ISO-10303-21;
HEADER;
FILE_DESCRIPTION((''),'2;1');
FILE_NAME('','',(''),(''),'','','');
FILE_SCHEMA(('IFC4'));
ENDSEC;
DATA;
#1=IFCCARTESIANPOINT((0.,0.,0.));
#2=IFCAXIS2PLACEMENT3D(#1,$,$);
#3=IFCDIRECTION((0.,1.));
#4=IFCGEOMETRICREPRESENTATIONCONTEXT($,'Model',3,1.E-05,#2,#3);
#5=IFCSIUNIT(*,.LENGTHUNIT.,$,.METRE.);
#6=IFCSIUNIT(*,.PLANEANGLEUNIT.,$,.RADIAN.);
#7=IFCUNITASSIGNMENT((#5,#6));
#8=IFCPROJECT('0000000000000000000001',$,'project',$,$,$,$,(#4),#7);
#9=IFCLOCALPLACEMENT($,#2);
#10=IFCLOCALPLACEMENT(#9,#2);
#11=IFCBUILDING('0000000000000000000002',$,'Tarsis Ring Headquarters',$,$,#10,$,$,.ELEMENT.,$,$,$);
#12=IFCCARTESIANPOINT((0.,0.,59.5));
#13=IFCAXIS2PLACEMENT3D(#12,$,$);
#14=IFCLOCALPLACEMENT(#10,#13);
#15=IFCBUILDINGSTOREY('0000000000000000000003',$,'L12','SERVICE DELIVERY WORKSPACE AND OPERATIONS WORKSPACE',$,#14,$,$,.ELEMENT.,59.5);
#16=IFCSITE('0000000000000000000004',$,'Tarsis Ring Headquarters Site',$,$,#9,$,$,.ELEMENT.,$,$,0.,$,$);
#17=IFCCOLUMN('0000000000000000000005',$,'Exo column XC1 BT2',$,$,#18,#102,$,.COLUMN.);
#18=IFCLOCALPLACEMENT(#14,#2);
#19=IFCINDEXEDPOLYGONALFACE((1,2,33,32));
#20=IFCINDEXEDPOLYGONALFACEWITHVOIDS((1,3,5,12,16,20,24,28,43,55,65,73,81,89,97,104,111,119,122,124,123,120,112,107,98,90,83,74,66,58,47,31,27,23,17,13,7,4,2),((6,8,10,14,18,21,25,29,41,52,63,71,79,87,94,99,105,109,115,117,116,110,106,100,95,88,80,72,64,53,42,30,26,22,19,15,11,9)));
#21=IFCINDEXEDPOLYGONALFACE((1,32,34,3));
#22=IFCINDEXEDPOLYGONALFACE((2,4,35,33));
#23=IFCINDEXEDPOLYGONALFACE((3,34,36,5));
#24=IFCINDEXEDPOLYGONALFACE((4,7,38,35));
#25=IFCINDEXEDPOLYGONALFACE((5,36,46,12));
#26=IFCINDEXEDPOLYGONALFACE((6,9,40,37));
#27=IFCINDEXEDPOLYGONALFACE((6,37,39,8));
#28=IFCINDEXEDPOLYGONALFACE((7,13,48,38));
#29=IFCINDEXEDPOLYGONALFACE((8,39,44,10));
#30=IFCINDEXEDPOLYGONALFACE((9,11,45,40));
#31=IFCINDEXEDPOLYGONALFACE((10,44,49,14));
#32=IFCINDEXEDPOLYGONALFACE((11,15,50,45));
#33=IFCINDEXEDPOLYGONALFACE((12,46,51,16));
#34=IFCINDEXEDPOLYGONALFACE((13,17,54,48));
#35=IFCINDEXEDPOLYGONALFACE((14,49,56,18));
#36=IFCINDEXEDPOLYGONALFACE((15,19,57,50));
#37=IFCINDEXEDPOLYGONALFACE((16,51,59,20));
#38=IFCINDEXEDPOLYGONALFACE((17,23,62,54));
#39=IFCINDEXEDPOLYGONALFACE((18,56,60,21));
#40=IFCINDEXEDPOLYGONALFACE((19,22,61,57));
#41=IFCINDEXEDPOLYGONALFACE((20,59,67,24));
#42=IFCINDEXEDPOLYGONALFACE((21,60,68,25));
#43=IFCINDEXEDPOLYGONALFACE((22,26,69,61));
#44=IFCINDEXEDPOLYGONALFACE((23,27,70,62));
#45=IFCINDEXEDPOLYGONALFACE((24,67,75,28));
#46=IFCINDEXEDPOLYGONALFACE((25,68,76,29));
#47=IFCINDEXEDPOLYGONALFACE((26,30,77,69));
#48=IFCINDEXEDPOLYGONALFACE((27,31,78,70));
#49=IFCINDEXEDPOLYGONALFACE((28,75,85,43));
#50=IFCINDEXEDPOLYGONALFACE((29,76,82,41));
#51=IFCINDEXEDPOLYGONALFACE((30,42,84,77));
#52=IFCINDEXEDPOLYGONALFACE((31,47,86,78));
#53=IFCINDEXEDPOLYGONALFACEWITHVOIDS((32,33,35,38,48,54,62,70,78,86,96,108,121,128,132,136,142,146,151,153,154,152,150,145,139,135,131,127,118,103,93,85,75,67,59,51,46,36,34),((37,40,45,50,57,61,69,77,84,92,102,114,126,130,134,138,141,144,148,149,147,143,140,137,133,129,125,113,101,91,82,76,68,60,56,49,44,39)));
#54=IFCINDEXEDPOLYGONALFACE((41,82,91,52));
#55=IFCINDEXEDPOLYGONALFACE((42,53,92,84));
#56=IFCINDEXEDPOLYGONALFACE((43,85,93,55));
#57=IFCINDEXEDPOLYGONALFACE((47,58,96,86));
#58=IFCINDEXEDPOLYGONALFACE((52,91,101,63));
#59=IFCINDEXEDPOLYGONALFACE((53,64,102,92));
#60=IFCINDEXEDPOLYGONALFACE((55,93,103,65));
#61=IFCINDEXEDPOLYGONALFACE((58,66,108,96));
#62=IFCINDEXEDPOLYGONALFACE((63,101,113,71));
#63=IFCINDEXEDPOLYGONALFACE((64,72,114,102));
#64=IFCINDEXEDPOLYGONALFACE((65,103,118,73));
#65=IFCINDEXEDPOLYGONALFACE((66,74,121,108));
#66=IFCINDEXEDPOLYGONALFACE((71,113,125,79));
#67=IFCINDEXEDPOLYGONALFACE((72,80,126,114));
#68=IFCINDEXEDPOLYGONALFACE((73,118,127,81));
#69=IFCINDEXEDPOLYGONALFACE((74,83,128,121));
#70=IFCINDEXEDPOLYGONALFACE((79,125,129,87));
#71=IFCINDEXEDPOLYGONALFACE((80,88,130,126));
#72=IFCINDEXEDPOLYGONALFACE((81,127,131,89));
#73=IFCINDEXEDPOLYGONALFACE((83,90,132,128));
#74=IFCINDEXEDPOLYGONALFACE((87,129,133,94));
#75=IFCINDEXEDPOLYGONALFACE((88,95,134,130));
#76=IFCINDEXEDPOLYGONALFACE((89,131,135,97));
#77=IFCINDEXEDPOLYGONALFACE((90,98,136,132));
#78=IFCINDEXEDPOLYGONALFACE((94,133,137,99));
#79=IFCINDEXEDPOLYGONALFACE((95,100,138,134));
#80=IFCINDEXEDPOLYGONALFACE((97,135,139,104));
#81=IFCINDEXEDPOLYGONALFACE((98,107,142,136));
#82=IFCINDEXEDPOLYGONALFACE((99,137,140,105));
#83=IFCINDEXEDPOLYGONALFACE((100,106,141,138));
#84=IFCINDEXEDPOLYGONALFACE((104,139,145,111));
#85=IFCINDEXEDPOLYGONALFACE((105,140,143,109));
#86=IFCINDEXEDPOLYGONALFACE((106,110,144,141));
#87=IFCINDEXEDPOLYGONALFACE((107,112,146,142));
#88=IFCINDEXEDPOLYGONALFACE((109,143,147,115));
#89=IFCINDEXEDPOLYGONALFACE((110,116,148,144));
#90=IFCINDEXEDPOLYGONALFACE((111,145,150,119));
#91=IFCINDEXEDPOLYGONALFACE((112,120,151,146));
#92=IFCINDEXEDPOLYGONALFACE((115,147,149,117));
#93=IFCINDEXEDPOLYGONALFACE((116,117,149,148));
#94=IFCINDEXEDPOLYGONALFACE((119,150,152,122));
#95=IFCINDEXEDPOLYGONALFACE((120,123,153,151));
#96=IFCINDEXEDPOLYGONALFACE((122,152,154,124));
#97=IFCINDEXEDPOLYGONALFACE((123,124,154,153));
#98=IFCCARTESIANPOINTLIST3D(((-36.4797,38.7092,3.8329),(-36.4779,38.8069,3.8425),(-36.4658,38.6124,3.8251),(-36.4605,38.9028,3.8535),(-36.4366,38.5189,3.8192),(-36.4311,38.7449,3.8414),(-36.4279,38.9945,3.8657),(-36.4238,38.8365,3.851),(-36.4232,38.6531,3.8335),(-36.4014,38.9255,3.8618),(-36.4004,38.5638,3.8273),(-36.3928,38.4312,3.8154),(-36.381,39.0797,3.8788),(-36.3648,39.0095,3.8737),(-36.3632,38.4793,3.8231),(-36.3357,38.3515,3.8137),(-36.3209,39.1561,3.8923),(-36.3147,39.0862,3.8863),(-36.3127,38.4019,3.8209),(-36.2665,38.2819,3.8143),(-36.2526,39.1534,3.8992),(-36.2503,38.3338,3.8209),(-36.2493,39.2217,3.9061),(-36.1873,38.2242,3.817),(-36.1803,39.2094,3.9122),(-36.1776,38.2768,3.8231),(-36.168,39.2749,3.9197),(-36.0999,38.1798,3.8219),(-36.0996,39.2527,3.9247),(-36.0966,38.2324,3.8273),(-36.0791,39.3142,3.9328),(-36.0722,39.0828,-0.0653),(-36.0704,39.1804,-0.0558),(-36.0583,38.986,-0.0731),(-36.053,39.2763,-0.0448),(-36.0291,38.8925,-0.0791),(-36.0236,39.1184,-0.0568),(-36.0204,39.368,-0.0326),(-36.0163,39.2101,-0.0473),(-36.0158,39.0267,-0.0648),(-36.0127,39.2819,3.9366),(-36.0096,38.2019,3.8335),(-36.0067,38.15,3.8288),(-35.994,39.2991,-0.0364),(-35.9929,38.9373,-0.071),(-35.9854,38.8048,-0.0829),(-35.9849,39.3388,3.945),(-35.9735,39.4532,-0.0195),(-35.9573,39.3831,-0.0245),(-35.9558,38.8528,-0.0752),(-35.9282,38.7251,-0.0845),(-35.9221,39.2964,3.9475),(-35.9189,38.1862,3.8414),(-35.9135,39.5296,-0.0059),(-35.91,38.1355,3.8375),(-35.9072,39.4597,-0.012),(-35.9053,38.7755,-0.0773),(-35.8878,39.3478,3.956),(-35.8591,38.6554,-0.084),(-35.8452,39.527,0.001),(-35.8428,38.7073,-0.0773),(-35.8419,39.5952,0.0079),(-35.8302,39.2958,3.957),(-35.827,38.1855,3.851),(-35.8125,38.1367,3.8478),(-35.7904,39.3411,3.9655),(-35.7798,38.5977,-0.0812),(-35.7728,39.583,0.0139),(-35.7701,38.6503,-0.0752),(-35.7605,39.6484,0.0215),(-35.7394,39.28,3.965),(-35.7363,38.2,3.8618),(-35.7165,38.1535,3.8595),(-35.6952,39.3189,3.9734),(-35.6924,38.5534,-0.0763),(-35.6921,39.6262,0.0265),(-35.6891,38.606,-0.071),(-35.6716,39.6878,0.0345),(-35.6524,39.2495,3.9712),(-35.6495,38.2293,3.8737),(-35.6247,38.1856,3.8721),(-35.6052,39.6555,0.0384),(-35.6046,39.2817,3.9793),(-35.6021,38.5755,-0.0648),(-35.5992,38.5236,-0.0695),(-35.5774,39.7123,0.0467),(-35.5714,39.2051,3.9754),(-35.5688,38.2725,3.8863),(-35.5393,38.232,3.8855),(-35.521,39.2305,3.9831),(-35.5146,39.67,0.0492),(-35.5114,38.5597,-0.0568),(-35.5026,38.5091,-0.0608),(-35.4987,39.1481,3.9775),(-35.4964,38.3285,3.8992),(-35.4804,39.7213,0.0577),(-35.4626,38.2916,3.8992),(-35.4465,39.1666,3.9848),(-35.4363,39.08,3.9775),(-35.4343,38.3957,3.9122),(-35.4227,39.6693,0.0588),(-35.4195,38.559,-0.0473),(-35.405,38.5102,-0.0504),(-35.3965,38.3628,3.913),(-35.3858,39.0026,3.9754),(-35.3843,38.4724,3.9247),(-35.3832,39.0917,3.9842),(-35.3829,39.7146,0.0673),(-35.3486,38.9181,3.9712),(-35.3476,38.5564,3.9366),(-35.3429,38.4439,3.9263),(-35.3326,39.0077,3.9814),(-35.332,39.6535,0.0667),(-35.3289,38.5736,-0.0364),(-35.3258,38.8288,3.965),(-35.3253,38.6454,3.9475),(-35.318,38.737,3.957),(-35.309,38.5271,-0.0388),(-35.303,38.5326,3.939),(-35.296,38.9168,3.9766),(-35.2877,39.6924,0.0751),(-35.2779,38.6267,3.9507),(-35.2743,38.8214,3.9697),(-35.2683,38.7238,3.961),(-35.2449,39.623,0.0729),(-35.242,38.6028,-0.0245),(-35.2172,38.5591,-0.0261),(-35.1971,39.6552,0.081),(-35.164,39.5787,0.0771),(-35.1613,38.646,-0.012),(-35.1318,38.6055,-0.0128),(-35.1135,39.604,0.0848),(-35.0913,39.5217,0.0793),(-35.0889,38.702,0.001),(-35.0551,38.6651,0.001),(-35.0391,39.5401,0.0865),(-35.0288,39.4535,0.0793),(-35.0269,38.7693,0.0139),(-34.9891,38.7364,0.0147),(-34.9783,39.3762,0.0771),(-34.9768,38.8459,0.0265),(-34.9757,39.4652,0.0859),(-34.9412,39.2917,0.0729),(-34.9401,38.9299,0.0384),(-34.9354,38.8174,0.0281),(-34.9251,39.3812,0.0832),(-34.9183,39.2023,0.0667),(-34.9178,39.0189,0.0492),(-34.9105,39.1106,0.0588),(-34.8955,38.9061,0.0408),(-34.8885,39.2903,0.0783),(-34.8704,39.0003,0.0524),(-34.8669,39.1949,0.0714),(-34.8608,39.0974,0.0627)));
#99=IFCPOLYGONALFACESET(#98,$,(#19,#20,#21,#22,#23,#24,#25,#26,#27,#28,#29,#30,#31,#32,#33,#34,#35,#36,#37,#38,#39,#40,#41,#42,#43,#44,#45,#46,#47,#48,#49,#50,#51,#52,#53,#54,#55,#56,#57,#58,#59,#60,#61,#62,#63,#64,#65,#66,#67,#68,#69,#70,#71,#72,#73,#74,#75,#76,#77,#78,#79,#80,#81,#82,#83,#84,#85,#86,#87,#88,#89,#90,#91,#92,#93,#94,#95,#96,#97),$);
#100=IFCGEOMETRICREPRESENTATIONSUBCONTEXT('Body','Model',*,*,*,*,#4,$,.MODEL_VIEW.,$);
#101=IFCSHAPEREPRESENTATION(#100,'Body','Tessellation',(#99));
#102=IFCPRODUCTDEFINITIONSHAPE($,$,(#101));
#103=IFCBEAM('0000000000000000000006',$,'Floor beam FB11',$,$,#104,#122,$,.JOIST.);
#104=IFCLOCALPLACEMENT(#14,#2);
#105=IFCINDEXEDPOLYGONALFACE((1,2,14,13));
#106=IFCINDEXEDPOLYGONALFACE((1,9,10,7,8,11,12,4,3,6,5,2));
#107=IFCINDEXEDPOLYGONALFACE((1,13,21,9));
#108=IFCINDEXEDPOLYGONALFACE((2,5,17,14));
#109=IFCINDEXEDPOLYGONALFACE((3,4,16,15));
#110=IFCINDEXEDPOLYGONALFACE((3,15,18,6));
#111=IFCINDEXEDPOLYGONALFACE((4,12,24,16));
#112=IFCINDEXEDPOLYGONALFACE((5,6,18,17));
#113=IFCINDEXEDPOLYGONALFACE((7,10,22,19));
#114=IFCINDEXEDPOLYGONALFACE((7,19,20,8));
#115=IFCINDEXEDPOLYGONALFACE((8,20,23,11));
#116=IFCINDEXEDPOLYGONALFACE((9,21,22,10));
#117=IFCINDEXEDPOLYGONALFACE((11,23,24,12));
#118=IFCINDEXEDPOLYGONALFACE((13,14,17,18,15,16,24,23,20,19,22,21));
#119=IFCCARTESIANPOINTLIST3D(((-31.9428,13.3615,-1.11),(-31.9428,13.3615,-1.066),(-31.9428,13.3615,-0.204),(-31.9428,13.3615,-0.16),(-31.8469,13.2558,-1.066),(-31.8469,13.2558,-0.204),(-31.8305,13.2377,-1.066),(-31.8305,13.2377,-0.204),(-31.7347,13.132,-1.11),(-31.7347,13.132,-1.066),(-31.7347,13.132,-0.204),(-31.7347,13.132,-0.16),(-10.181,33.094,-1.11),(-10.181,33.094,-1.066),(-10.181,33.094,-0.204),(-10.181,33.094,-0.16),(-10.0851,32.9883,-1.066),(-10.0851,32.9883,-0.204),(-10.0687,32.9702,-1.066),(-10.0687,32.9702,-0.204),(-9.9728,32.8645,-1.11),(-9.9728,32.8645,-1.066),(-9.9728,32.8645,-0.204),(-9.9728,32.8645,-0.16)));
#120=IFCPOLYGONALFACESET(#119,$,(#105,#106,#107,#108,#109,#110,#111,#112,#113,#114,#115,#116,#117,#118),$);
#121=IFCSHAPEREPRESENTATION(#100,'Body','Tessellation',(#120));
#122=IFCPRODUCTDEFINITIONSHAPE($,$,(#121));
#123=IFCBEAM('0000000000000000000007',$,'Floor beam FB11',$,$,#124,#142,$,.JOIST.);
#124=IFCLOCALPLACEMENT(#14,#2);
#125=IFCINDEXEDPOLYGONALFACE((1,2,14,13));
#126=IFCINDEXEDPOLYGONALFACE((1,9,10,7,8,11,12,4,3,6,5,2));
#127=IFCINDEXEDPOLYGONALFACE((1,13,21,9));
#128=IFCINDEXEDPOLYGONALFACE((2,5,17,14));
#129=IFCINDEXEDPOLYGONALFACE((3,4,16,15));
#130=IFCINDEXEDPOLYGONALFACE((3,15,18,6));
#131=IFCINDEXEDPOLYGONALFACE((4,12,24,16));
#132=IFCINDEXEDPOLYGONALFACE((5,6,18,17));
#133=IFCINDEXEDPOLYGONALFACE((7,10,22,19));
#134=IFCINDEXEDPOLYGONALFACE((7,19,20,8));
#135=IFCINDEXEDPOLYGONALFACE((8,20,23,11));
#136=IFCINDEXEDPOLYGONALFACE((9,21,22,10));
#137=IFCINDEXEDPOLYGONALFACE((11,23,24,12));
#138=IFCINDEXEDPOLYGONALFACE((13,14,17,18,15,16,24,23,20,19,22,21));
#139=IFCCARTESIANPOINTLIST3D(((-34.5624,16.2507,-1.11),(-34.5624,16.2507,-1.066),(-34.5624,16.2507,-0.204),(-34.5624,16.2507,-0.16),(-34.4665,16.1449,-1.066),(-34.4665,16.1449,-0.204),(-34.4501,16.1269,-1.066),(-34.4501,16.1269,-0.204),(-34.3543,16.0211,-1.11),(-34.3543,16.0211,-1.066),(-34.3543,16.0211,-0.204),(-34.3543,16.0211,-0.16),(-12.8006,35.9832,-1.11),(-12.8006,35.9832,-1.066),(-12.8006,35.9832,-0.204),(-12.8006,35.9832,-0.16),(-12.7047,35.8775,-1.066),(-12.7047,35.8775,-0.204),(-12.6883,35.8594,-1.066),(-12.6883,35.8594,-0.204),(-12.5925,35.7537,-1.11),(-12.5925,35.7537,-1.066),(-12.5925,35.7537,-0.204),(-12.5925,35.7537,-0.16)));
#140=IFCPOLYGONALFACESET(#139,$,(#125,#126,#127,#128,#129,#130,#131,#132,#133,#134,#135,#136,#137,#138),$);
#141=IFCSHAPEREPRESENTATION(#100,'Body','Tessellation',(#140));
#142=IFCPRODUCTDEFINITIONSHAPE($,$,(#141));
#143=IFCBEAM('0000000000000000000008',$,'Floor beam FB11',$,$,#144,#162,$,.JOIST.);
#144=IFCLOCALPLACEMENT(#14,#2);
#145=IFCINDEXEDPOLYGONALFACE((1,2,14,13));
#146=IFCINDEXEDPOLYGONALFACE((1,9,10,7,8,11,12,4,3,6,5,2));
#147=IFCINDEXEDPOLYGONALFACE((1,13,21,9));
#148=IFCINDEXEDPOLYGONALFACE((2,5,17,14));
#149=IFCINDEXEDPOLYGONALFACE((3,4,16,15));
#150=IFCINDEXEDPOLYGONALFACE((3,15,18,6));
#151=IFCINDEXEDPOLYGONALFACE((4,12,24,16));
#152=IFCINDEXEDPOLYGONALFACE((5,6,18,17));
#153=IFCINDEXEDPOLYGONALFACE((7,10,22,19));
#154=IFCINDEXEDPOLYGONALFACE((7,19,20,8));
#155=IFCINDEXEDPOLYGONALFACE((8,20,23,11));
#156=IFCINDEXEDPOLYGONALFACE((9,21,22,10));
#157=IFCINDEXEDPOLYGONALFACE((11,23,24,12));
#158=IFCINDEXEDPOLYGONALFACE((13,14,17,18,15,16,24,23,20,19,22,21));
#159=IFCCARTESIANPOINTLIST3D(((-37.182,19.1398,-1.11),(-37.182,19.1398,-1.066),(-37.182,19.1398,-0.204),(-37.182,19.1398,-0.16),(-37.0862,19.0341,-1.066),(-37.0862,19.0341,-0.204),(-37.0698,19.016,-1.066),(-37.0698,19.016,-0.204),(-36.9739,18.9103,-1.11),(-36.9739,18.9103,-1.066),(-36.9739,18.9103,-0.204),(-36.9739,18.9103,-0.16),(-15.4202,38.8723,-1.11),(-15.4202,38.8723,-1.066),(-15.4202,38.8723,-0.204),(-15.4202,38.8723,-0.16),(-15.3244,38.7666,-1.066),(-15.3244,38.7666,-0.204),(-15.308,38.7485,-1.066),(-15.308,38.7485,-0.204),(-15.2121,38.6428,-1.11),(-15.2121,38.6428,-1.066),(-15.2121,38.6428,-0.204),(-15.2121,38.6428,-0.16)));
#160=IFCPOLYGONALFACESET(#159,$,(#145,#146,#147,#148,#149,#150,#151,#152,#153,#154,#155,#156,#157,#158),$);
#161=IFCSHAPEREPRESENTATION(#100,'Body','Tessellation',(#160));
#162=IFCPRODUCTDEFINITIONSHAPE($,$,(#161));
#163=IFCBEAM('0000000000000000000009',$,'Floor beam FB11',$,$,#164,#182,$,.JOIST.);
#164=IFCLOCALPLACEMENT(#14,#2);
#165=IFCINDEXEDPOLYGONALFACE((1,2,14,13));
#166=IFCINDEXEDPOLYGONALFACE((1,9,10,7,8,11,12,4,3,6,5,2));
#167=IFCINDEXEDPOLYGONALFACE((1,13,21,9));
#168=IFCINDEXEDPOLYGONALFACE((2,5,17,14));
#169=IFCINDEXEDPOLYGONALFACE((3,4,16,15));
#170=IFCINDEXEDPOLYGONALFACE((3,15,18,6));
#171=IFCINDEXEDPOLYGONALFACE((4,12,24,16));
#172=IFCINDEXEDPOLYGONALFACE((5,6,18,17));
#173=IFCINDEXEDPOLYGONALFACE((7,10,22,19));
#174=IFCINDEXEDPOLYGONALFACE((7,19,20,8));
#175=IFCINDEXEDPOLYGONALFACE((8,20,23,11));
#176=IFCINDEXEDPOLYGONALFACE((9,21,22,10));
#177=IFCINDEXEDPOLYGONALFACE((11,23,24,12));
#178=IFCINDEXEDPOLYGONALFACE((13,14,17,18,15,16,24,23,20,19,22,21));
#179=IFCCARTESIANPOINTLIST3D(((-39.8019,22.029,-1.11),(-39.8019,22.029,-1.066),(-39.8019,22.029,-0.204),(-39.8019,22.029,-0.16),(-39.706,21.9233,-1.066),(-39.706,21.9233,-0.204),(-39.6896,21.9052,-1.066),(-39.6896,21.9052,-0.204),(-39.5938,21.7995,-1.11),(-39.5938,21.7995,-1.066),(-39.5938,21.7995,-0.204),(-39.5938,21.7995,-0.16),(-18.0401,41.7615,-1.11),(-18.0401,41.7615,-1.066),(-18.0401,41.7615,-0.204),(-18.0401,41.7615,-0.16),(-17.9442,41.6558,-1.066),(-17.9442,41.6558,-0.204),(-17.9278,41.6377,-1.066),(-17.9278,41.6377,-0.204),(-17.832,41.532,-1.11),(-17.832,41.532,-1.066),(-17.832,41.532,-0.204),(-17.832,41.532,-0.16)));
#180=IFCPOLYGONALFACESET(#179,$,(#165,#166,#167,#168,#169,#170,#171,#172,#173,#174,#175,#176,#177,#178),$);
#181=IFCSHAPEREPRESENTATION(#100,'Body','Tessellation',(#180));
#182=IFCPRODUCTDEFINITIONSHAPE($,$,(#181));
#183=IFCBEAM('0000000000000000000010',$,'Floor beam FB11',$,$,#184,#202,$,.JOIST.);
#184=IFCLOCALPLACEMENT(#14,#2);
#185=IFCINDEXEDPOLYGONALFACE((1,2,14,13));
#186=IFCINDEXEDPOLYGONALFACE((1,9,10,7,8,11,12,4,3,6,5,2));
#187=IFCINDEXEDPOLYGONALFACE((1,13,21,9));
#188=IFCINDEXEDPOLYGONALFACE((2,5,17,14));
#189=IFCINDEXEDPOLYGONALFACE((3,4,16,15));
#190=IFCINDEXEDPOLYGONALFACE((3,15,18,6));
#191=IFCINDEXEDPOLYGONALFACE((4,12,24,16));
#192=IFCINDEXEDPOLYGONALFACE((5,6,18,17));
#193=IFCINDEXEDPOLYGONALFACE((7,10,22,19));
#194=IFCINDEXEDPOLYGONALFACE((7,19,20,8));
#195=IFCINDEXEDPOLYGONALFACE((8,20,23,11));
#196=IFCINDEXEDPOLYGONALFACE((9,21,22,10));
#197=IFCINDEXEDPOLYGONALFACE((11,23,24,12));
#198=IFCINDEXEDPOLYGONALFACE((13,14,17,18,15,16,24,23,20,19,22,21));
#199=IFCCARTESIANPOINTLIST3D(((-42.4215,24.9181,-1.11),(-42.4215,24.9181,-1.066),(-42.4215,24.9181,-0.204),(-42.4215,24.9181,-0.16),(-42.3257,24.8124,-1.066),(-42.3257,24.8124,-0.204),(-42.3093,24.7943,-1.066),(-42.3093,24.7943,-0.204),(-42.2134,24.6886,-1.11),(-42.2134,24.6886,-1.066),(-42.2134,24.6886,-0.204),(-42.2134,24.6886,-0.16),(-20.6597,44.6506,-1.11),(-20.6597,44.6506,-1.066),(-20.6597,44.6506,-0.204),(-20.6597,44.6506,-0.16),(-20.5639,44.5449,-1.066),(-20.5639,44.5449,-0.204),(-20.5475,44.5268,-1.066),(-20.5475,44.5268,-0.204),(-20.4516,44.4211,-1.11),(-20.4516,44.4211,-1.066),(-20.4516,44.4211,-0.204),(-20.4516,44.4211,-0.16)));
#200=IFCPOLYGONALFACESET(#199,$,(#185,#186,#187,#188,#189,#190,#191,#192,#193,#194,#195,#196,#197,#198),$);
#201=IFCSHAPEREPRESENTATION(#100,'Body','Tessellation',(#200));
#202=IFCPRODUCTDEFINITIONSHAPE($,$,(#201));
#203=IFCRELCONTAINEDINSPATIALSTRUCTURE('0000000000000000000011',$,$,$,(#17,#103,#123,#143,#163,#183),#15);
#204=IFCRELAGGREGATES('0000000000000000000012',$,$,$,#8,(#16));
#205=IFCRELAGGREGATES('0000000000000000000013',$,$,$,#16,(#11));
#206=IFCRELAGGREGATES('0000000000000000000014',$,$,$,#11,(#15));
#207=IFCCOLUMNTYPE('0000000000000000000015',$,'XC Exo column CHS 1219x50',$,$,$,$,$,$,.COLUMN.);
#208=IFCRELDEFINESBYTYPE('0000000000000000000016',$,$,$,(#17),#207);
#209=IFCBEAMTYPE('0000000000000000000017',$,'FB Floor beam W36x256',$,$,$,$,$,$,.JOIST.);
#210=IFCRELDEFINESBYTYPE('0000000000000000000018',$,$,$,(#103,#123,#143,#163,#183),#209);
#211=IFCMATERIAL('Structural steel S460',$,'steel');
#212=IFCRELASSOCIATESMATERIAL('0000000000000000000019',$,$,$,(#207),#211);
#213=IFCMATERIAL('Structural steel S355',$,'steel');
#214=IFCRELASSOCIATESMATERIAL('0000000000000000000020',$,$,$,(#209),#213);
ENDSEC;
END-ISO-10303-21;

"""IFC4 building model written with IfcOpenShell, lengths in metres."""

from ifc_helpers import new_model, si_unit, direction, frame, origin, origin_2d, place, context, subcontext, project, spatial, hollow_circle, i_section, extrude, material, material_profile, profile_set, type_object, element, save


model = new_model("IFC4")

# Units and contexts
model_context = context("Model", 3, precision=1e-05, world=origin(), true_north=direction((0.0, 1.0)))
body_context = subcontext(model_context, "Body", "Model", "MODEL_VIEW")
ifc_project = project(units=[si_unit("LENGTHUNIT", "METRE"), si_unit("PLANEANGLEUNIT", "RADIAN")], contexts=[model_context])

# Site, building, storey
site_placement = place(None, origin())
site = spatial("IfcSite", under=ifc_project, at=site_placement, Name="Tarsis Ring Headquarters Site", CompositionType="ELEMENT", RefElevation=0.0)
building_placement = place(site_placement, origin())
building = spatial("IfcBuilding", under=site, at=building_placement, Name="Tarsis Ring Headquarters", CompositionType="ELEMENT")
storey_placement = place(building_placement, frame((0.0, 0.0, 59.5)))
storey = spatial("IfcBuildingStorey", under=building, at=storey_placement, Name="L12", Description="SERVICE DELIVERY WORKSPACE AND OPERATIONS WORKSPACE", CompositionType="ELEMENT", Elevation=59.5)

# Column
ifc_material_1 = material(Name="Structural steel S460", Category="steel")
ifc_material_profile_1 = material_profile(ifc_material_1, hollow_circle(Radius=0.6096, WallThickness=0.05, at=origin_2d()), Name="CHS 1219x50")
ifc_profile_set_1 = profile_set([ifc_material_profile_1], Name="Structural steel S460")
column_type = type_object("IfcColumnType", Name="XC Exo column CHS 1219x50", PredefinedType="COLUMN", material=ifc_profile_set_1)
column_1_placement = place(storey_placement, frame((-35.467, 39.1145, 0.001), z_axis=(-0.103493, -0.094874, 0.990095), x_axis=(0.675745, -0.737136, 0.0)))
element("IfcColumn", 1, at=column_1_placement, inside=storey, type_object=column_type, Name="Exo column XC1 BT2", PredefinedType="COLUMN", context=body_context, shape_type="SweptSolid", body=[
    extrude(hollow_circle(Radius=0.6096, WallThickness=0.05, at=origin_2d()), origin(), (0.0, 0.0, 1.0), 3.9373),
])

# Beams
ifc_material_2 = material(Name="Structural steel S355", Category="steel")
ifc_material_profile_2 = material_profile(ifc_material_2, i_section(OverallWidth=0.3098, OverallDepth=0.95, WebThickness=0.0244, FlangeThickness=0.0439, at=origin_2d()), Name="W36x256")
ifc_profile_set_2 = profile_set([ifc_material_profile_2], Name="Structural steel S355")
beam_type_1 = type_object("IfcBeamType", Name="FB Floor beam W36x256", PredefinedType="JOIST", material=ifc_profile_set_2)
for number, where, z_axis, x_axis, name in (
    (2, (-10.0769, 32.9792, -0.635), (-0.740803, -0.671722, 0.0), (0.671722, -0.740803, 0.0), "Floor beam FB11"),
    (3, (-12.6965, 35.8684, -0.635), (-0.740803, -0.671722, 0.0), (0.671722, -0.740803, 0.0), "Floor beam FB11"),
    (4, (-15.3162, 38.7576, -0.635), (-0.740803, -0.671722, 0.0), (0.671722, -0.740803, 0.0), "Floor beam FB11"),
    (5, (-17.936, 41.6467, -0.635), (-0.740803, -0.671722, 0.0), (0.671722, -0.740803, 0.0), "Floor beam FB11"),
    (6, (-20.5557, 44.5359, -0.635), (-0.740803, -0.671722, 0.0), (0.671722, -0.740803, 0.0), "Floor beam FB11"),
):
    element("IfcBeam", number, at=place(storey_placement, frame(where, z_axis=z_axis, x_axis=x_axis)), inside=storey, type_object=beam_type_1, Name=name, PredefinedType="JOIST", context=body_context, shape_type="SweptSolid", body=[
        extrude(i_section(OverallWidth=0.3098, OverallDepth=0.95, WebThickness=0.0244, FlangeThickness=0.0439, at=origin_2d()), origin(), (0.0, 0.0, 1.0), 29.376),
    ])

save(model, "model.ifc")
